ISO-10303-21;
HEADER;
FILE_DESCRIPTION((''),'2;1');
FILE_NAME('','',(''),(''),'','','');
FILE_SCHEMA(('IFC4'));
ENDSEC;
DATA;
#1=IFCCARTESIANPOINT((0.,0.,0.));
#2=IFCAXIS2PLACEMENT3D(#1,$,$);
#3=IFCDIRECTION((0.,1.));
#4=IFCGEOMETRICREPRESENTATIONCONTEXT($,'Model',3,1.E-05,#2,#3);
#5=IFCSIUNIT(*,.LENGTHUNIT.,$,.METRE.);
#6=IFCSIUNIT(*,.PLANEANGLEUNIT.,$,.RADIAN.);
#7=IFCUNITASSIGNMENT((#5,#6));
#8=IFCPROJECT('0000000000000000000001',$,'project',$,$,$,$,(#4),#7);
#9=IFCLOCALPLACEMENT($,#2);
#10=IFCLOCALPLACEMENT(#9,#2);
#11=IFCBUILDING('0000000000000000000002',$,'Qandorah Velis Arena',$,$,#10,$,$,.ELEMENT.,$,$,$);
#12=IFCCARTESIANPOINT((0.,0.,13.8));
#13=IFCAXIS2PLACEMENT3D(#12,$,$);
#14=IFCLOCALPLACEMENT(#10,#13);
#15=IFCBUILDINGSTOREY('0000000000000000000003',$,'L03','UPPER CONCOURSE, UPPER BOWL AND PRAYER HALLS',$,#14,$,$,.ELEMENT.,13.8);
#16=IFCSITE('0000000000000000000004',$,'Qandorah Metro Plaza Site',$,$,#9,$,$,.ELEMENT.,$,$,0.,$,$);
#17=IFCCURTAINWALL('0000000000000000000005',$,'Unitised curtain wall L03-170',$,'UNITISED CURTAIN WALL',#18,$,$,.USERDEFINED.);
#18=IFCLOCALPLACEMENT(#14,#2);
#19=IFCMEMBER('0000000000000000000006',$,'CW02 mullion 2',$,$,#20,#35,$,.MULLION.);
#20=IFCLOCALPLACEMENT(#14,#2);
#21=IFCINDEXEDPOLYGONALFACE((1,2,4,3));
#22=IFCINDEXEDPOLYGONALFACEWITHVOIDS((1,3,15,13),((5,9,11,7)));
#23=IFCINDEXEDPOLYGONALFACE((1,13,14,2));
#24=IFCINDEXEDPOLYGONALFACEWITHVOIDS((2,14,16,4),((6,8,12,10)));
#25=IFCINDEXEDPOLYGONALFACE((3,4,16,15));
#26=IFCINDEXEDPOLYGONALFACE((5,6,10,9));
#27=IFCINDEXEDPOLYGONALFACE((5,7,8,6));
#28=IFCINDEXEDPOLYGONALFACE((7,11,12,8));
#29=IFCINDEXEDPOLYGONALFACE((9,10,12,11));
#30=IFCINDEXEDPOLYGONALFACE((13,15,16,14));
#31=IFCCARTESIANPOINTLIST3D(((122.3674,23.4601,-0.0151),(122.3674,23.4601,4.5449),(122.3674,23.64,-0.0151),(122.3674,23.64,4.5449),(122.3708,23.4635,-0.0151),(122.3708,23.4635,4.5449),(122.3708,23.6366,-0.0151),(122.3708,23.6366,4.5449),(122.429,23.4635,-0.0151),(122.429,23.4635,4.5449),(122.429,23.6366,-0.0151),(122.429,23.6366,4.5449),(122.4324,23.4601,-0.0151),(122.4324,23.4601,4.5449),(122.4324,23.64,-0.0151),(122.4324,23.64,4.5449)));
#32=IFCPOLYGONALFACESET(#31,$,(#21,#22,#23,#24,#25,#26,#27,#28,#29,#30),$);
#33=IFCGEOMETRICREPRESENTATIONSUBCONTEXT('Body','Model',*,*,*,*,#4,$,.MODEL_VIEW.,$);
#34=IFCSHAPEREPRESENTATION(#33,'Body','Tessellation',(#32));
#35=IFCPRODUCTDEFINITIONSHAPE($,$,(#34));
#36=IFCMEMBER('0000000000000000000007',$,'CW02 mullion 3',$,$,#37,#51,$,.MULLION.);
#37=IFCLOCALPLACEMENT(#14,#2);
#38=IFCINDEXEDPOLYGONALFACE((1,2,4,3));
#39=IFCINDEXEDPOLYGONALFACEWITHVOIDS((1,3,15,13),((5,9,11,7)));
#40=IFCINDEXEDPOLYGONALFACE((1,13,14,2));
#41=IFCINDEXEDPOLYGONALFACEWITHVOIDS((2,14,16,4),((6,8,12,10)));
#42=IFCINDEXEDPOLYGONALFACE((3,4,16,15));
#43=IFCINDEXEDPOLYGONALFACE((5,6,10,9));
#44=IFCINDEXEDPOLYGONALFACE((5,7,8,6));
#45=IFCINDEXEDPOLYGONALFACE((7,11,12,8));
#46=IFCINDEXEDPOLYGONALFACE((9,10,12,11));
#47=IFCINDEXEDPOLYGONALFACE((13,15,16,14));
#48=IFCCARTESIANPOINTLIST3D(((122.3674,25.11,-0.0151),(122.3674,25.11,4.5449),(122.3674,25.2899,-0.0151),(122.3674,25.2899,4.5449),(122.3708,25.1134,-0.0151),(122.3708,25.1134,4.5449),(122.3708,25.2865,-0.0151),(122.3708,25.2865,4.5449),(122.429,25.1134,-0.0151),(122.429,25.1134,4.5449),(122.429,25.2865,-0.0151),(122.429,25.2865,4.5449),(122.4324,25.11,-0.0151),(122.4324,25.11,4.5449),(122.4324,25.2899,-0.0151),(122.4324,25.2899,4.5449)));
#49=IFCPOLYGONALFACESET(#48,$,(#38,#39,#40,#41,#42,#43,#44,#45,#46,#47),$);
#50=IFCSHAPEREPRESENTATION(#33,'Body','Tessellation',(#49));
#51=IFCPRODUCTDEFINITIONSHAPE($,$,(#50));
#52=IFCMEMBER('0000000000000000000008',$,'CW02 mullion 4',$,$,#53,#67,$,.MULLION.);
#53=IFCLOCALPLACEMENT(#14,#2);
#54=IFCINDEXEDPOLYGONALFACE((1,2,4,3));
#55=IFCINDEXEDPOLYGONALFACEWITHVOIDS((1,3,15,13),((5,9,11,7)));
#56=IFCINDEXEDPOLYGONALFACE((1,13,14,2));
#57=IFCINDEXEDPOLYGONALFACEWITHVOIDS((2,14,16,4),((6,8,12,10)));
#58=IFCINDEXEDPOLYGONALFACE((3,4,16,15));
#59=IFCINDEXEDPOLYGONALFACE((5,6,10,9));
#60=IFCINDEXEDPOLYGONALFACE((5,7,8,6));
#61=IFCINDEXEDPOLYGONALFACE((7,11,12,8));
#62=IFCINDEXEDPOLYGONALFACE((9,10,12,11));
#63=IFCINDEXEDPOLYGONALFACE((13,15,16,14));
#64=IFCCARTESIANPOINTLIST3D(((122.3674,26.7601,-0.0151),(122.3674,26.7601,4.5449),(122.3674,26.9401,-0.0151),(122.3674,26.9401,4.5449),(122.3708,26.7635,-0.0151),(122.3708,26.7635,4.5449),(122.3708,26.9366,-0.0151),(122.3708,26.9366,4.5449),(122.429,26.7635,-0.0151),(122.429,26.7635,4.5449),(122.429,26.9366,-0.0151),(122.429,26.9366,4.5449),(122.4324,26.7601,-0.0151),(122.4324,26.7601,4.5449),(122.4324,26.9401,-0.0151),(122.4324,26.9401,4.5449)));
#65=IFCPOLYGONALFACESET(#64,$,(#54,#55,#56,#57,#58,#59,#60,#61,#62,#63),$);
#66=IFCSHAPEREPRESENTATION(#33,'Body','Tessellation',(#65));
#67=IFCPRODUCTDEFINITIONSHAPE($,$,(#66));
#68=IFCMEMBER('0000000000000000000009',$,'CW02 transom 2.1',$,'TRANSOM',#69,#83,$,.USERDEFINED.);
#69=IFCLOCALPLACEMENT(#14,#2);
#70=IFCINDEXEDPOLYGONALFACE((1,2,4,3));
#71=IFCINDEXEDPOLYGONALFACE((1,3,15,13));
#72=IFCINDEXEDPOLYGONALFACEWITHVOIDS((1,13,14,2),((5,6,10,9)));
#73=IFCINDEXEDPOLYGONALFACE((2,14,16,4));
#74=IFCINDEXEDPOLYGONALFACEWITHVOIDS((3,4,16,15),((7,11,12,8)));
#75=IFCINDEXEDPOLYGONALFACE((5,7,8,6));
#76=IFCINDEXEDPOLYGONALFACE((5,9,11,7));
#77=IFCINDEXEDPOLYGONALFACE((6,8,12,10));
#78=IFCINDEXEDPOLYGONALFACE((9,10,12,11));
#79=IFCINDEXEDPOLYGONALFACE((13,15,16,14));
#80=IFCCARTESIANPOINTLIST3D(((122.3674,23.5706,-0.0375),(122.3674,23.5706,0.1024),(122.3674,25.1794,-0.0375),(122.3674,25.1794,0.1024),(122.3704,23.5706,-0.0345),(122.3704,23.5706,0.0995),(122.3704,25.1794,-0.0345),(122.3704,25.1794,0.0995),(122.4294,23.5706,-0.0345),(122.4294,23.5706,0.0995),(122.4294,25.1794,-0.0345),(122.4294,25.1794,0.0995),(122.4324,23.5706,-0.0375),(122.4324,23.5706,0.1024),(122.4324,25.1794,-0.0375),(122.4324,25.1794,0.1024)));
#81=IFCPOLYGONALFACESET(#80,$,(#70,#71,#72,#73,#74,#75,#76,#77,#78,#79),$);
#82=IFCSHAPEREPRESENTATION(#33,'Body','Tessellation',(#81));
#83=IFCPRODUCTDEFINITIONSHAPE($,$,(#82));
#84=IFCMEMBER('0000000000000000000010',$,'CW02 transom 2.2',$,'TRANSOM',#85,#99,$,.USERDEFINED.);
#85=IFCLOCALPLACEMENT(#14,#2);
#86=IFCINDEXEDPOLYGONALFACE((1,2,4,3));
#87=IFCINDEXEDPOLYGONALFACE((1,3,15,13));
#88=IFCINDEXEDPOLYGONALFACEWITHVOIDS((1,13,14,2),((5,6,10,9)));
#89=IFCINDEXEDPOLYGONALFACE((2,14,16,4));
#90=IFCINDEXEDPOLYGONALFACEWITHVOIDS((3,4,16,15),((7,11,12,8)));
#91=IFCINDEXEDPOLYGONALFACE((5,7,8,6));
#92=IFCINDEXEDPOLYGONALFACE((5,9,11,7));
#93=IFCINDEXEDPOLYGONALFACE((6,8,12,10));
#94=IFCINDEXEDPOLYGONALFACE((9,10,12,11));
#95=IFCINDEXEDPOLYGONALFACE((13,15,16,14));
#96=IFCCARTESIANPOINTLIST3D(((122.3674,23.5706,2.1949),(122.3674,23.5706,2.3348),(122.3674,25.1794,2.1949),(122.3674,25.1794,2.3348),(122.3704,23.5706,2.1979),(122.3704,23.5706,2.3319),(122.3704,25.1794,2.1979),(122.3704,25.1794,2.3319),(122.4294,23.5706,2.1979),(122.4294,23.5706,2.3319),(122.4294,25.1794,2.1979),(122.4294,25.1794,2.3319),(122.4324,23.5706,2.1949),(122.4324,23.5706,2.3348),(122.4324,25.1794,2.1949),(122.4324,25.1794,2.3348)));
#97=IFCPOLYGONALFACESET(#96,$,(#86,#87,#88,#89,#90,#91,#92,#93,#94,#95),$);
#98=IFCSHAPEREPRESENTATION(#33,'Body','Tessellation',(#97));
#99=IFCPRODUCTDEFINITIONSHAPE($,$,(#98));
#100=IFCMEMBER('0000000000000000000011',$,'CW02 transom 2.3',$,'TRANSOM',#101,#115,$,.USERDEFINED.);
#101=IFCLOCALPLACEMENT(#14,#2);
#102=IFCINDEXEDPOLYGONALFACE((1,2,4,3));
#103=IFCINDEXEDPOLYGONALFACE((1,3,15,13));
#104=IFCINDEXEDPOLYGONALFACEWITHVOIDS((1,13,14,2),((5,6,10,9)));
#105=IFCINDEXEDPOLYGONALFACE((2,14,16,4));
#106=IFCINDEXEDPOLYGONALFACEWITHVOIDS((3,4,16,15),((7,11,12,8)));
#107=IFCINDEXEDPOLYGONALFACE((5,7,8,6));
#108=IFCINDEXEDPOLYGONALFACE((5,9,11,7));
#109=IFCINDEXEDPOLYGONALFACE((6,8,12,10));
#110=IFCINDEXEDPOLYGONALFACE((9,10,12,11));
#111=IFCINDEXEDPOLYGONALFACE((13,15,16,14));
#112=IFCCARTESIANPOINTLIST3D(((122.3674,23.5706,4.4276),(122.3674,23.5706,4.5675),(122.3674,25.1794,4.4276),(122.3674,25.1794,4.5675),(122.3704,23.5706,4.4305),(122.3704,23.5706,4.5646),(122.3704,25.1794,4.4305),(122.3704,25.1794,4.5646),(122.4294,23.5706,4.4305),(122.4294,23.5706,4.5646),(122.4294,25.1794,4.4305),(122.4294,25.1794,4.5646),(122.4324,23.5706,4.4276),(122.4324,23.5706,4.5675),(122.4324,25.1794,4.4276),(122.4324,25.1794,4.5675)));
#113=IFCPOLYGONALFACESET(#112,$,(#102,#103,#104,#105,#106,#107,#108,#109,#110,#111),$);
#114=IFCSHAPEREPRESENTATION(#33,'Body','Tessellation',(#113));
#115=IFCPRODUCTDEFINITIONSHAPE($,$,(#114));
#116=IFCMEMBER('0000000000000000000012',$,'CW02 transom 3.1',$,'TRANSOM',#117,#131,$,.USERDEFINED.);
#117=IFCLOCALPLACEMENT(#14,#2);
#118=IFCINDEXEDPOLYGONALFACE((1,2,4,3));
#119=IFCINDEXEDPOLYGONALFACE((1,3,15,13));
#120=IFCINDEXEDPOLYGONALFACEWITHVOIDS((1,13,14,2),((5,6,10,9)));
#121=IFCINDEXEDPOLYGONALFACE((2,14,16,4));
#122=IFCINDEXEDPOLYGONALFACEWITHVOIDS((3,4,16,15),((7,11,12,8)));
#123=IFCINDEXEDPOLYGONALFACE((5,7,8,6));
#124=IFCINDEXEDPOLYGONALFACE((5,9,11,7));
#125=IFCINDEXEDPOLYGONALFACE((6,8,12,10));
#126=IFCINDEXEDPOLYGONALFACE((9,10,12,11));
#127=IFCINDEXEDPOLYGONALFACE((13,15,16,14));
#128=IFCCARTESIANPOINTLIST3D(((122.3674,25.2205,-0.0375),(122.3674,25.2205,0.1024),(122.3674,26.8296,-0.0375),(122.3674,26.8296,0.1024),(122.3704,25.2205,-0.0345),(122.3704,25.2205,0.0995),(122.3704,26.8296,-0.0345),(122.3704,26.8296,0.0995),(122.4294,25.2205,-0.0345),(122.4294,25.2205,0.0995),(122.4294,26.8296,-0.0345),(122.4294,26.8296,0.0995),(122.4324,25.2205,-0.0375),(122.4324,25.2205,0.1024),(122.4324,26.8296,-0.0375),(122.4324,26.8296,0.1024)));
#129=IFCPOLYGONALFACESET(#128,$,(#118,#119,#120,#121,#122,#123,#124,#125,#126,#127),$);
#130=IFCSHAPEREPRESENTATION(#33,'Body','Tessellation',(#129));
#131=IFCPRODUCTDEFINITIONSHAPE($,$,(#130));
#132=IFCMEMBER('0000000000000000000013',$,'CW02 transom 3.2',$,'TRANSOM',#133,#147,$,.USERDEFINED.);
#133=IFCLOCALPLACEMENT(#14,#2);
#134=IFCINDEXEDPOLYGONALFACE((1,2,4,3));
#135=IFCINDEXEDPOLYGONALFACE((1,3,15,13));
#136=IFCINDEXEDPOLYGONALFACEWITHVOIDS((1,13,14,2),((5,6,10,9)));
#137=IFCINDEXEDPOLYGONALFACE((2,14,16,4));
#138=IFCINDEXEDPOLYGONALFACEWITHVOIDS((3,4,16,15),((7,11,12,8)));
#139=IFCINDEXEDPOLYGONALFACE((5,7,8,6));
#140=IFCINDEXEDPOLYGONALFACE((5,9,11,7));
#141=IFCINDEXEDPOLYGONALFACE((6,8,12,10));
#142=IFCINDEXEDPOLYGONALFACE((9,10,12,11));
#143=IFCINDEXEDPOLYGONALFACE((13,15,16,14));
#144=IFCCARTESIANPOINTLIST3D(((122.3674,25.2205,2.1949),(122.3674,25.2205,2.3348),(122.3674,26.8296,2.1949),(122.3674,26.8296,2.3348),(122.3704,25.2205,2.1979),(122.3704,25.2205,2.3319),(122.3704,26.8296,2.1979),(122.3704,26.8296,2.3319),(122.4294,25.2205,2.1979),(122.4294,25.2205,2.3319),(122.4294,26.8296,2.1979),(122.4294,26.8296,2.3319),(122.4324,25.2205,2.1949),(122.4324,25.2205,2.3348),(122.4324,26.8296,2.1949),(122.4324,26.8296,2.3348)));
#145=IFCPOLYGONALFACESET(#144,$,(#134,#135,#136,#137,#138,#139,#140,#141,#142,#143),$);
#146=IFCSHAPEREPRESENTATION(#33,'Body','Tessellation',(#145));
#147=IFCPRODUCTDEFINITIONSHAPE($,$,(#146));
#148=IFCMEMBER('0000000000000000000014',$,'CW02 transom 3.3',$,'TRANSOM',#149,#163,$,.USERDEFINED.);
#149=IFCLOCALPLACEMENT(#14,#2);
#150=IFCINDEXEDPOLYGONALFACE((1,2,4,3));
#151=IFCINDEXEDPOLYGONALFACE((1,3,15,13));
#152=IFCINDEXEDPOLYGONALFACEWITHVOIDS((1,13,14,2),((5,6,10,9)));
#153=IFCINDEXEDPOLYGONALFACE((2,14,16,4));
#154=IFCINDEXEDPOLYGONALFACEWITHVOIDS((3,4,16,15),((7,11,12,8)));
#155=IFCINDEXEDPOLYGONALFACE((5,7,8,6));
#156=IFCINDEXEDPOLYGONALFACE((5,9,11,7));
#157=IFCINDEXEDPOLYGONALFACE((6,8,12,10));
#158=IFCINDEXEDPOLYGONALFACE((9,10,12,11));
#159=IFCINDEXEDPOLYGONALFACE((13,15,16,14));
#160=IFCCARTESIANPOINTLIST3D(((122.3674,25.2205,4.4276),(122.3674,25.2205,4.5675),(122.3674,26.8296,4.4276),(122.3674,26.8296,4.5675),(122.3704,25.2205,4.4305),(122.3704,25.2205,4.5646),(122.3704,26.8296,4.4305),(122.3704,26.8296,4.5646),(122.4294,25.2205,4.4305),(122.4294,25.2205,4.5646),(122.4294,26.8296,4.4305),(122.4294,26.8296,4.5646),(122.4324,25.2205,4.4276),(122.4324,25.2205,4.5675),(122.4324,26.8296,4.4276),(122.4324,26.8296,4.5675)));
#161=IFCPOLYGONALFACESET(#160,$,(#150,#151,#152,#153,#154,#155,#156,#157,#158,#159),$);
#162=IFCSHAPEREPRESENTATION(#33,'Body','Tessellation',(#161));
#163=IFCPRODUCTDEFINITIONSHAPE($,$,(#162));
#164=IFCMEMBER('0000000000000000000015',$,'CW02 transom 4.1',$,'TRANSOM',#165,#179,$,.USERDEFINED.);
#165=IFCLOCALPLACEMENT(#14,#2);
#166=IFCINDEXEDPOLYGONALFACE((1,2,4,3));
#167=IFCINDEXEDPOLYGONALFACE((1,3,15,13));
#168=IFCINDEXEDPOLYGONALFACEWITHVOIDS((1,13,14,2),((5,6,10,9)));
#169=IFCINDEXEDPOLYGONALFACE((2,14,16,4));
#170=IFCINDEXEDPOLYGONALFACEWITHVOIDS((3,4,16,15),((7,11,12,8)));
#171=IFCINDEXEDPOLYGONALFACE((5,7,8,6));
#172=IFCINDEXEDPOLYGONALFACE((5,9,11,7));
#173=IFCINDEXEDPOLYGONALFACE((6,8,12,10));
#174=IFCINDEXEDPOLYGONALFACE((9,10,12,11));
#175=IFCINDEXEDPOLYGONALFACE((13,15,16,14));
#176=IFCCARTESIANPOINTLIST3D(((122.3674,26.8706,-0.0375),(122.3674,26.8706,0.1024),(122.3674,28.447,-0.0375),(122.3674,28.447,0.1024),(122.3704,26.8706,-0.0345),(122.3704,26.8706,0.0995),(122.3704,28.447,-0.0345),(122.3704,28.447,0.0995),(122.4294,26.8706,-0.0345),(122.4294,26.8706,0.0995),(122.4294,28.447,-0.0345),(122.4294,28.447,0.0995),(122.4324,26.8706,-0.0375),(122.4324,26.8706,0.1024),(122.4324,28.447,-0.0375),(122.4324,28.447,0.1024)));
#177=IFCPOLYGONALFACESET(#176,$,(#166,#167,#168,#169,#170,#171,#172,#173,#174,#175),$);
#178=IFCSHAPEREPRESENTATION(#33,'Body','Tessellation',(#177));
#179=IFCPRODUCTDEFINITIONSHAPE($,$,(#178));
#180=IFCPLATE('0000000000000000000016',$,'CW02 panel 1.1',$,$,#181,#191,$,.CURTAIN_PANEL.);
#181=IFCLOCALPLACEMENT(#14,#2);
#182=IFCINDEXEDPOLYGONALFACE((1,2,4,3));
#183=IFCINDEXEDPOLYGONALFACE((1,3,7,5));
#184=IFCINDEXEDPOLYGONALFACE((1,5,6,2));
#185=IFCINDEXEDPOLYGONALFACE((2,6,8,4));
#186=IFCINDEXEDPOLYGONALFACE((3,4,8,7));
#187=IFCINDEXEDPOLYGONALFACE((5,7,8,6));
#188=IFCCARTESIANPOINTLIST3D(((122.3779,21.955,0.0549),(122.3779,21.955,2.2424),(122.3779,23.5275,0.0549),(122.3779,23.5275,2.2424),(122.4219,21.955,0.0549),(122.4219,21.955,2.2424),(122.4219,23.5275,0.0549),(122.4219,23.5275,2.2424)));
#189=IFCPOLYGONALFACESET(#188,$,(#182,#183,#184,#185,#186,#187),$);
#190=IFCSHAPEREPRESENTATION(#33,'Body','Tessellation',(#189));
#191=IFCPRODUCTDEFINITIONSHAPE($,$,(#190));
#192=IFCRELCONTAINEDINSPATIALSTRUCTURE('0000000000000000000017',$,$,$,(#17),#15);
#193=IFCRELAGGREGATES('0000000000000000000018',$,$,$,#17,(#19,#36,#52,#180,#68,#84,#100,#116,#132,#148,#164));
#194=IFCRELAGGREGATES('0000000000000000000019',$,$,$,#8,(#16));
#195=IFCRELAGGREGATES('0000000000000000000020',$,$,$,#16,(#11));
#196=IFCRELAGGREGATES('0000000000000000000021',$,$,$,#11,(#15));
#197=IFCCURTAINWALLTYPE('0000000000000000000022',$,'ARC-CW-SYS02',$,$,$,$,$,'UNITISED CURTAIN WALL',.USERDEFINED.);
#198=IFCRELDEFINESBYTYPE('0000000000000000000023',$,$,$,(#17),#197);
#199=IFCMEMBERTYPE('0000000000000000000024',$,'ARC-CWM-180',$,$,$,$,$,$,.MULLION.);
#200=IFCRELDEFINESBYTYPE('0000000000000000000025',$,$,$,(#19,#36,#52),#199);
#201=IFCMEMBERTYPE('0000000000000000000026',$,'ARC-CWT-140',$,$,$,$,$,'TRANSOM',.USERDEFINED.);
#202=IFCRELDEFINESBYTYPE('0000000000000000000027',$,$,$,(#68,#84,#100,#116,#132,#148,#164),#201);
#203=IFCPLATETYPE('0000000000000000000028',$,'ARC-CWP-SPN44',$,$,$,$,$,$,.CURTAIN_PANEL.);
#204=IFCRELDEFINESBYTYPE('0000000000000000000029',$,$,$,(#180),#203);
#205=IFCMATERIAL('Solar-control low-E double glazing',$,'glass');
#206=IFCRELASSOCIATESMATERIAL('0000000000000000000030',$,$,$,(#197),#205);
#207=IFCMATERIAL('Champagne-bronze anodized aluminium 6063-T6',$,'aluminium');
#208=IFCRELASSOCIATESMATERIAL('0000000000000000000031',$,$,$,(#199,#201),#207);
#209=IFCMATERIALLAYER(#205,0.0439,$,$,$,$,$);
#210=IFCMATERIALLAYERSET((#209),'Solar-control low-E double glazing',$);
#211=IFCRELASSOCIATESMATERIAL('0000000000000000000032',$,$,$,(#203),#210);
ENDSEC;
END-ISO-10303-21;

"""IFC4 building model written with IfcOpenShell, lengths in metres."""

from ifc_helpers import new_model, si_unit, direction, frame, origin, origin_2d, place, context, subcontext, project, spatial, rectangle, hollow_rectangle, extrude, material, layer, layer_set, material_profile, profile_set, type_object, element, aggregate, save


model = new_model("IFC4")

# Units and contexts
model_context = context("Model", 3, precision=1e-05, world=origin(), true_north=direction((0.0, 1.0)))
body_context = subcontext(model_context, "Body", "Model", "MODEL_VIEW")
ifc_project = project(units=[si_unit("LENGTHUNIT", "METRE"), si_unit("PLANEANGLEUNIT", "RADIAN")], contexts=[model_context])

# Site, building, storey
site_placement = place(None, origin())
site = spatial("IfcSite", under=ifc_project, at=site_placement, Name="Qandorah Metro Plaza Site", CompositionType="ELEMENT", RefElevation=0.0)
building_placement = place(site_placement, origin())
building = spatial("IfcBuilding", under=site, at=building_placement, Name="Qandorah Velis Arena", CompositionType="ELEMENT")
storey_placement = place(building_placement, frame((0.0, 0.0, 13.8)))
storey = spatial("IfcBuildingStorey", under=building, at=storey_placement, Name="L03", Description="UPPER CONCOURSE, UPPER BOWL AND PRAYER HALLS", CompositionType="ELEMENT", Elevation=13.8)

# Curtain wall, members, plate
ifc_material_1 = material(Name="Solar-control low-E double glazing", Category="glass")
curtain_wall_type = type_object("IfcCurtainWallType", Name="ARC-CW-SYS02", ElementType="UNITISED CURTAIN WALL", PredefinedType="USERDEFINED", material=ifc_material_1)
curtain_wall_placement = place(storey_placement, origin())
curtain_wall = element("IfcCurtainWall", 1, at=curtain_wall_placement, inside=storey, type_object=curtain_wall_type, Name="Unitised curtain wall L03-170", ObjectType="UNITISED CURTAIN WALL", PredefinedType="USERDEFINED")
ifc_material_2 = material(Name="Champagne-bronze anodized aluminium 6063-T6", Category="aluminium")
ifc_material_profile_1 = material_profile(ifc_material_2, hollow_rectangle(XDim=0.0649, YDim=0.1799, WallThickness=0.0034, at=origin_2d()), Name="ALU MULLION 65x180")
ifc_profile_set_1 = profile_set([ifc_material_profile_1], Name="Champagne-bronze anodized aluminium 6063-T6")
member_type_1 = type_object("IfcMemberType", Name="ARC-CWM-180", PredefinedType="MULLION", material=ifc_profile_set_1)
member_1_placement = place(storey_placement, frame((122.3999, 23.55, -0.0151), z_axis=(0.0, 0.0, 1.0), x_axis=(-1.0, 0.0, 0.0)))
member_1 = element("IfcMember", 2, at=member_1_placement, type_object=member_type_1, Name="CW02 mullion 2", PredefinedType="MULLION", context=body_context, shape_type="SweptSolid", body=[
    extrude(hollow_rectangle(XDim=0.0649, YDim=0.1799, WallThickness=0.0034, at=origin_2d()), origin(), (0.0, 0.0, 1.0), 4.5601),
])
member_2_placement = place(storey_placement, frame((122.3999, 25.2, -0.0151), z_axis=(0.0, 0.0, 1.0), x_axis=(-1.0, 0.0, 0.0)))
member_2 = element("IfcMember", 3, at=member_2_placement, type_object=member_type_1, Name="CW02 mullion 3", PredefinedType="MULLION", context=body_context, shape_type="SweptSolid", body=[
    extrude(hollow_rectangle(XDim=0.0649, YDim=0.1799, WallThickness=0.0034, at=origin_2d()), origin(), (0.0, 0.0, 1.0), 4.5601),
])
member_3_placement = place(storey_placement, frame((122.3999, 26.8501, -0.0151), z_axis=(0.0, 0.0, 1.0), x_axis=(-1.0, 0.0, 0.0)))
member_3 = element("IfcMember", 4, at=member_3_placement, type_object=member_type_1, Name="CW02 mullion 4", PredefinedType="MULLION", context=body_context, shape_type="SweptSolid", body=[
    extrude(hollow_rectangle(XDim=0.0649, YDim=0.1799, WallThickness=0.0034, at=origin_2d()), origin(), (0.0, 0.0, 1.0), 4.5601),
])
ifc_material_profile_2 = material_profile(ifc_material_2, hollow_rectangle(XDim=0.0649, YDim=0.1399, WallThickness=0.0029, at=origin_2d()), Name="ALU TRANSOM 65x140")
ifc_profile_set_2 = profile_set([ifc_material_profile_2], Name="Champagne-bronze anodized aluminium 6063-T6")
member_type_2 = type_object("IfcMemberType", Name="ARC-CWT-140", ElementType="TRANSOM", PredefinedType="USERDEFINED", material=ifc_profile_set_2)
member_4_placement = place(storey_placement, frame((122.3999, 23.5706, 0.0325), z_axis=(0.0, 1.0, 0.0), x_axis=(-1.0, 0.0, 0.0)))
member_4 = element("IfcMember", 5, at=member_4_placement, type_object=member_type_2, Name="CW02 transom 2.1", ObjectType="TRANSOM", PredefinedType="USERDEFINED", context=body_context, shape_type="SweptSolid", body=[
    extrude(hollow_rectangle(XDim=0.0649, YDim=0.1399, WallThickness=0.0029, at=origin_2d()), origin(), (0.0, 0.0, 1.0), 1.6089),
])
member_5_placement = place(storey_placement, frame((122.3999, 23.5706, 2.2649), z_axis=(0.0, 1.0, 0.0), x_axis=(-1.0, 0.0, 0.0)))
member_5 = element("IfcMember", 6, at=member_5_placement, type_object=member_type_2, Name="CW02 transom 2.2", ObjectType="TRANSOM", PredefinedType="USERDEFINED", context=body_context, shape_type="SweptSolid", body=[
    extrude(hollow_rectangle(XDim=0.0649, YDim=0.1399, WallThickness=0.0029, at=origin_2d()), origin(), (0.0, 0.0, 1.0), 1.6089),
])
member_6_placement = place(storey_placement, frame((122.3999, 23.5706, 4.4976), z_axis=(0.0, 1.0, 0.0), x_axis=(-1.0, 0.0, 0.0)))
member_6 = element("IfcMember", 7, at=member_6_placement, type_object=member_type_2, Name="CW02 transom 2.3", ObjectType="TRANSOM", PredefinedType="USERDEFINED", context=body_context, shape_type="SweptSolid", body=[
    extrude(hollow_rectangle(XDim=0.0649, YDim=0.1399, WallThickness=0.0029, at=origin_2d()), origin(), (0.0, 0.0, 1.0), 1.6089),
])
member_7_placement = place(storey_placement, frame((122.3999, 25.2205, 0.0325), z_axis=(0.0, 1.0, 0.0), x_axis=(-1.0, 0.0, 0.0)))
member_7 = element("IfcMember", 8, at=member_7_placement, type_object=member_type_2, Name="CW02 transom 3.1", ObjectType="TRANSOM", PredefinedType="USERDEFINED", context=body_context, shape_type="SweptSolid", body=[
    extrude(hollow_rectangle(XDim=0.0649, YDim=0.1399, WallThickness=0.0029, at=origin_2d()), origin(), (0.0, 0.0, 1.0), 1.6091),
])
member_8_placement = place(storey_placement, frame((122.3999, 25.2205, 2.2649), z_axis=(0.0, 1.0, 0.0), x_axis=(-1.0, 0.0, 0.0)))
member_8 = element("IfcMember", 9, at=member_8_placement, type_object=member_type_2, Name="CW02 transom 3.2", ObjectType="TRANSOM", PredefinedType="USERDEFINED", context=body_context, shape_type="SweptSolid", body=[
    extrude(hollow_rectangle(XDim=0.0649, YDim=0.1399, WallThickness=0.0029, at=origin_2d()), origin(), (0.0, 0.0, 1.0), 1.6091),
])
member_9_placement = place(storey_placement, frame((122.3999, 25.2205, 4.4976), z_axis=(0.0, 1.0, 0.0), x_axis=(-1.0, 0.0, 0.0)))
member_9 = element("IfcMember", 10, at=member_9_placement, type_object=member_type_2, Name="CW02 transom 3.3", ObjectType="TRANSOM", PredefinedType="USERDEFINED", context=body_context, shape_type="SweptSolid", body=[
    extrude(hollow_rectangle(XDim=0.0649, YDim=0.1399, WallThickness=0.0029, at=origin_2d()), origin(), (0.0, 0.0, 1.0), 1.6091),
])
member_10_placement = place(storey_placement, frame((122.3999, 26.8706, 0.0325), z_axis=(0.0, 1.0, 0.0), x_axis=(-1.0, 0.0, 0.0)))
member_10 = element("IfcMember", 11, at=member_10_placement, type_object=member_type_2, Name="CW02 transom 4.1", ObjectType="TRANSOM", PredefinedType="USERDEFINED", context=body_context, shape_type="SweptSolid", body=[
    extrude(hollow_rectangle(XDim=0.0649, YDim=0.1399, WallThickness=0.0029, at=origin_2d()), origin(), (0.0, 0.0, 1.0), 1.5764),
])
ifc_layer = layer(ifc_material_1, 0.0439)
ifc_layer_set = layer_set([ifc_layer], Name="Solar-control low-E double glazing")
plate_type = type_object("IfcPlateType", Name="ARC-CWP-SPN44", PredefinedType="CURTAIN_PANEL", material=ifc_layer_set)
plate_1_placement = place(storey_placement, frame((122.3999, 22.7412, 0.0549), z_axis=(0.0, 0.0, 1.0), x_axis=(0.0, 1.0, 0.0)))
plate_1 = element("IfcPlate", 12, at=plate_1_placement, type_object=plate_type, Name="CW02 panel 1.1", PredefinedType="CURTAIN_PANEL", context=body_context, shape_type="SweptSolid", body=[
    extrude(rectangle(XDim=1.5725, YDim=0.0439, at=origin_2d()), origin(), (0.0, 0.0, 1.0), 2.1875),
])
aggregate(curtain_wall, [member_1, member_2, member_3, plate_1, member_4, member_5, member_6, member_7, member_8, member_9, member_10])

save(model, "model.ifc")
